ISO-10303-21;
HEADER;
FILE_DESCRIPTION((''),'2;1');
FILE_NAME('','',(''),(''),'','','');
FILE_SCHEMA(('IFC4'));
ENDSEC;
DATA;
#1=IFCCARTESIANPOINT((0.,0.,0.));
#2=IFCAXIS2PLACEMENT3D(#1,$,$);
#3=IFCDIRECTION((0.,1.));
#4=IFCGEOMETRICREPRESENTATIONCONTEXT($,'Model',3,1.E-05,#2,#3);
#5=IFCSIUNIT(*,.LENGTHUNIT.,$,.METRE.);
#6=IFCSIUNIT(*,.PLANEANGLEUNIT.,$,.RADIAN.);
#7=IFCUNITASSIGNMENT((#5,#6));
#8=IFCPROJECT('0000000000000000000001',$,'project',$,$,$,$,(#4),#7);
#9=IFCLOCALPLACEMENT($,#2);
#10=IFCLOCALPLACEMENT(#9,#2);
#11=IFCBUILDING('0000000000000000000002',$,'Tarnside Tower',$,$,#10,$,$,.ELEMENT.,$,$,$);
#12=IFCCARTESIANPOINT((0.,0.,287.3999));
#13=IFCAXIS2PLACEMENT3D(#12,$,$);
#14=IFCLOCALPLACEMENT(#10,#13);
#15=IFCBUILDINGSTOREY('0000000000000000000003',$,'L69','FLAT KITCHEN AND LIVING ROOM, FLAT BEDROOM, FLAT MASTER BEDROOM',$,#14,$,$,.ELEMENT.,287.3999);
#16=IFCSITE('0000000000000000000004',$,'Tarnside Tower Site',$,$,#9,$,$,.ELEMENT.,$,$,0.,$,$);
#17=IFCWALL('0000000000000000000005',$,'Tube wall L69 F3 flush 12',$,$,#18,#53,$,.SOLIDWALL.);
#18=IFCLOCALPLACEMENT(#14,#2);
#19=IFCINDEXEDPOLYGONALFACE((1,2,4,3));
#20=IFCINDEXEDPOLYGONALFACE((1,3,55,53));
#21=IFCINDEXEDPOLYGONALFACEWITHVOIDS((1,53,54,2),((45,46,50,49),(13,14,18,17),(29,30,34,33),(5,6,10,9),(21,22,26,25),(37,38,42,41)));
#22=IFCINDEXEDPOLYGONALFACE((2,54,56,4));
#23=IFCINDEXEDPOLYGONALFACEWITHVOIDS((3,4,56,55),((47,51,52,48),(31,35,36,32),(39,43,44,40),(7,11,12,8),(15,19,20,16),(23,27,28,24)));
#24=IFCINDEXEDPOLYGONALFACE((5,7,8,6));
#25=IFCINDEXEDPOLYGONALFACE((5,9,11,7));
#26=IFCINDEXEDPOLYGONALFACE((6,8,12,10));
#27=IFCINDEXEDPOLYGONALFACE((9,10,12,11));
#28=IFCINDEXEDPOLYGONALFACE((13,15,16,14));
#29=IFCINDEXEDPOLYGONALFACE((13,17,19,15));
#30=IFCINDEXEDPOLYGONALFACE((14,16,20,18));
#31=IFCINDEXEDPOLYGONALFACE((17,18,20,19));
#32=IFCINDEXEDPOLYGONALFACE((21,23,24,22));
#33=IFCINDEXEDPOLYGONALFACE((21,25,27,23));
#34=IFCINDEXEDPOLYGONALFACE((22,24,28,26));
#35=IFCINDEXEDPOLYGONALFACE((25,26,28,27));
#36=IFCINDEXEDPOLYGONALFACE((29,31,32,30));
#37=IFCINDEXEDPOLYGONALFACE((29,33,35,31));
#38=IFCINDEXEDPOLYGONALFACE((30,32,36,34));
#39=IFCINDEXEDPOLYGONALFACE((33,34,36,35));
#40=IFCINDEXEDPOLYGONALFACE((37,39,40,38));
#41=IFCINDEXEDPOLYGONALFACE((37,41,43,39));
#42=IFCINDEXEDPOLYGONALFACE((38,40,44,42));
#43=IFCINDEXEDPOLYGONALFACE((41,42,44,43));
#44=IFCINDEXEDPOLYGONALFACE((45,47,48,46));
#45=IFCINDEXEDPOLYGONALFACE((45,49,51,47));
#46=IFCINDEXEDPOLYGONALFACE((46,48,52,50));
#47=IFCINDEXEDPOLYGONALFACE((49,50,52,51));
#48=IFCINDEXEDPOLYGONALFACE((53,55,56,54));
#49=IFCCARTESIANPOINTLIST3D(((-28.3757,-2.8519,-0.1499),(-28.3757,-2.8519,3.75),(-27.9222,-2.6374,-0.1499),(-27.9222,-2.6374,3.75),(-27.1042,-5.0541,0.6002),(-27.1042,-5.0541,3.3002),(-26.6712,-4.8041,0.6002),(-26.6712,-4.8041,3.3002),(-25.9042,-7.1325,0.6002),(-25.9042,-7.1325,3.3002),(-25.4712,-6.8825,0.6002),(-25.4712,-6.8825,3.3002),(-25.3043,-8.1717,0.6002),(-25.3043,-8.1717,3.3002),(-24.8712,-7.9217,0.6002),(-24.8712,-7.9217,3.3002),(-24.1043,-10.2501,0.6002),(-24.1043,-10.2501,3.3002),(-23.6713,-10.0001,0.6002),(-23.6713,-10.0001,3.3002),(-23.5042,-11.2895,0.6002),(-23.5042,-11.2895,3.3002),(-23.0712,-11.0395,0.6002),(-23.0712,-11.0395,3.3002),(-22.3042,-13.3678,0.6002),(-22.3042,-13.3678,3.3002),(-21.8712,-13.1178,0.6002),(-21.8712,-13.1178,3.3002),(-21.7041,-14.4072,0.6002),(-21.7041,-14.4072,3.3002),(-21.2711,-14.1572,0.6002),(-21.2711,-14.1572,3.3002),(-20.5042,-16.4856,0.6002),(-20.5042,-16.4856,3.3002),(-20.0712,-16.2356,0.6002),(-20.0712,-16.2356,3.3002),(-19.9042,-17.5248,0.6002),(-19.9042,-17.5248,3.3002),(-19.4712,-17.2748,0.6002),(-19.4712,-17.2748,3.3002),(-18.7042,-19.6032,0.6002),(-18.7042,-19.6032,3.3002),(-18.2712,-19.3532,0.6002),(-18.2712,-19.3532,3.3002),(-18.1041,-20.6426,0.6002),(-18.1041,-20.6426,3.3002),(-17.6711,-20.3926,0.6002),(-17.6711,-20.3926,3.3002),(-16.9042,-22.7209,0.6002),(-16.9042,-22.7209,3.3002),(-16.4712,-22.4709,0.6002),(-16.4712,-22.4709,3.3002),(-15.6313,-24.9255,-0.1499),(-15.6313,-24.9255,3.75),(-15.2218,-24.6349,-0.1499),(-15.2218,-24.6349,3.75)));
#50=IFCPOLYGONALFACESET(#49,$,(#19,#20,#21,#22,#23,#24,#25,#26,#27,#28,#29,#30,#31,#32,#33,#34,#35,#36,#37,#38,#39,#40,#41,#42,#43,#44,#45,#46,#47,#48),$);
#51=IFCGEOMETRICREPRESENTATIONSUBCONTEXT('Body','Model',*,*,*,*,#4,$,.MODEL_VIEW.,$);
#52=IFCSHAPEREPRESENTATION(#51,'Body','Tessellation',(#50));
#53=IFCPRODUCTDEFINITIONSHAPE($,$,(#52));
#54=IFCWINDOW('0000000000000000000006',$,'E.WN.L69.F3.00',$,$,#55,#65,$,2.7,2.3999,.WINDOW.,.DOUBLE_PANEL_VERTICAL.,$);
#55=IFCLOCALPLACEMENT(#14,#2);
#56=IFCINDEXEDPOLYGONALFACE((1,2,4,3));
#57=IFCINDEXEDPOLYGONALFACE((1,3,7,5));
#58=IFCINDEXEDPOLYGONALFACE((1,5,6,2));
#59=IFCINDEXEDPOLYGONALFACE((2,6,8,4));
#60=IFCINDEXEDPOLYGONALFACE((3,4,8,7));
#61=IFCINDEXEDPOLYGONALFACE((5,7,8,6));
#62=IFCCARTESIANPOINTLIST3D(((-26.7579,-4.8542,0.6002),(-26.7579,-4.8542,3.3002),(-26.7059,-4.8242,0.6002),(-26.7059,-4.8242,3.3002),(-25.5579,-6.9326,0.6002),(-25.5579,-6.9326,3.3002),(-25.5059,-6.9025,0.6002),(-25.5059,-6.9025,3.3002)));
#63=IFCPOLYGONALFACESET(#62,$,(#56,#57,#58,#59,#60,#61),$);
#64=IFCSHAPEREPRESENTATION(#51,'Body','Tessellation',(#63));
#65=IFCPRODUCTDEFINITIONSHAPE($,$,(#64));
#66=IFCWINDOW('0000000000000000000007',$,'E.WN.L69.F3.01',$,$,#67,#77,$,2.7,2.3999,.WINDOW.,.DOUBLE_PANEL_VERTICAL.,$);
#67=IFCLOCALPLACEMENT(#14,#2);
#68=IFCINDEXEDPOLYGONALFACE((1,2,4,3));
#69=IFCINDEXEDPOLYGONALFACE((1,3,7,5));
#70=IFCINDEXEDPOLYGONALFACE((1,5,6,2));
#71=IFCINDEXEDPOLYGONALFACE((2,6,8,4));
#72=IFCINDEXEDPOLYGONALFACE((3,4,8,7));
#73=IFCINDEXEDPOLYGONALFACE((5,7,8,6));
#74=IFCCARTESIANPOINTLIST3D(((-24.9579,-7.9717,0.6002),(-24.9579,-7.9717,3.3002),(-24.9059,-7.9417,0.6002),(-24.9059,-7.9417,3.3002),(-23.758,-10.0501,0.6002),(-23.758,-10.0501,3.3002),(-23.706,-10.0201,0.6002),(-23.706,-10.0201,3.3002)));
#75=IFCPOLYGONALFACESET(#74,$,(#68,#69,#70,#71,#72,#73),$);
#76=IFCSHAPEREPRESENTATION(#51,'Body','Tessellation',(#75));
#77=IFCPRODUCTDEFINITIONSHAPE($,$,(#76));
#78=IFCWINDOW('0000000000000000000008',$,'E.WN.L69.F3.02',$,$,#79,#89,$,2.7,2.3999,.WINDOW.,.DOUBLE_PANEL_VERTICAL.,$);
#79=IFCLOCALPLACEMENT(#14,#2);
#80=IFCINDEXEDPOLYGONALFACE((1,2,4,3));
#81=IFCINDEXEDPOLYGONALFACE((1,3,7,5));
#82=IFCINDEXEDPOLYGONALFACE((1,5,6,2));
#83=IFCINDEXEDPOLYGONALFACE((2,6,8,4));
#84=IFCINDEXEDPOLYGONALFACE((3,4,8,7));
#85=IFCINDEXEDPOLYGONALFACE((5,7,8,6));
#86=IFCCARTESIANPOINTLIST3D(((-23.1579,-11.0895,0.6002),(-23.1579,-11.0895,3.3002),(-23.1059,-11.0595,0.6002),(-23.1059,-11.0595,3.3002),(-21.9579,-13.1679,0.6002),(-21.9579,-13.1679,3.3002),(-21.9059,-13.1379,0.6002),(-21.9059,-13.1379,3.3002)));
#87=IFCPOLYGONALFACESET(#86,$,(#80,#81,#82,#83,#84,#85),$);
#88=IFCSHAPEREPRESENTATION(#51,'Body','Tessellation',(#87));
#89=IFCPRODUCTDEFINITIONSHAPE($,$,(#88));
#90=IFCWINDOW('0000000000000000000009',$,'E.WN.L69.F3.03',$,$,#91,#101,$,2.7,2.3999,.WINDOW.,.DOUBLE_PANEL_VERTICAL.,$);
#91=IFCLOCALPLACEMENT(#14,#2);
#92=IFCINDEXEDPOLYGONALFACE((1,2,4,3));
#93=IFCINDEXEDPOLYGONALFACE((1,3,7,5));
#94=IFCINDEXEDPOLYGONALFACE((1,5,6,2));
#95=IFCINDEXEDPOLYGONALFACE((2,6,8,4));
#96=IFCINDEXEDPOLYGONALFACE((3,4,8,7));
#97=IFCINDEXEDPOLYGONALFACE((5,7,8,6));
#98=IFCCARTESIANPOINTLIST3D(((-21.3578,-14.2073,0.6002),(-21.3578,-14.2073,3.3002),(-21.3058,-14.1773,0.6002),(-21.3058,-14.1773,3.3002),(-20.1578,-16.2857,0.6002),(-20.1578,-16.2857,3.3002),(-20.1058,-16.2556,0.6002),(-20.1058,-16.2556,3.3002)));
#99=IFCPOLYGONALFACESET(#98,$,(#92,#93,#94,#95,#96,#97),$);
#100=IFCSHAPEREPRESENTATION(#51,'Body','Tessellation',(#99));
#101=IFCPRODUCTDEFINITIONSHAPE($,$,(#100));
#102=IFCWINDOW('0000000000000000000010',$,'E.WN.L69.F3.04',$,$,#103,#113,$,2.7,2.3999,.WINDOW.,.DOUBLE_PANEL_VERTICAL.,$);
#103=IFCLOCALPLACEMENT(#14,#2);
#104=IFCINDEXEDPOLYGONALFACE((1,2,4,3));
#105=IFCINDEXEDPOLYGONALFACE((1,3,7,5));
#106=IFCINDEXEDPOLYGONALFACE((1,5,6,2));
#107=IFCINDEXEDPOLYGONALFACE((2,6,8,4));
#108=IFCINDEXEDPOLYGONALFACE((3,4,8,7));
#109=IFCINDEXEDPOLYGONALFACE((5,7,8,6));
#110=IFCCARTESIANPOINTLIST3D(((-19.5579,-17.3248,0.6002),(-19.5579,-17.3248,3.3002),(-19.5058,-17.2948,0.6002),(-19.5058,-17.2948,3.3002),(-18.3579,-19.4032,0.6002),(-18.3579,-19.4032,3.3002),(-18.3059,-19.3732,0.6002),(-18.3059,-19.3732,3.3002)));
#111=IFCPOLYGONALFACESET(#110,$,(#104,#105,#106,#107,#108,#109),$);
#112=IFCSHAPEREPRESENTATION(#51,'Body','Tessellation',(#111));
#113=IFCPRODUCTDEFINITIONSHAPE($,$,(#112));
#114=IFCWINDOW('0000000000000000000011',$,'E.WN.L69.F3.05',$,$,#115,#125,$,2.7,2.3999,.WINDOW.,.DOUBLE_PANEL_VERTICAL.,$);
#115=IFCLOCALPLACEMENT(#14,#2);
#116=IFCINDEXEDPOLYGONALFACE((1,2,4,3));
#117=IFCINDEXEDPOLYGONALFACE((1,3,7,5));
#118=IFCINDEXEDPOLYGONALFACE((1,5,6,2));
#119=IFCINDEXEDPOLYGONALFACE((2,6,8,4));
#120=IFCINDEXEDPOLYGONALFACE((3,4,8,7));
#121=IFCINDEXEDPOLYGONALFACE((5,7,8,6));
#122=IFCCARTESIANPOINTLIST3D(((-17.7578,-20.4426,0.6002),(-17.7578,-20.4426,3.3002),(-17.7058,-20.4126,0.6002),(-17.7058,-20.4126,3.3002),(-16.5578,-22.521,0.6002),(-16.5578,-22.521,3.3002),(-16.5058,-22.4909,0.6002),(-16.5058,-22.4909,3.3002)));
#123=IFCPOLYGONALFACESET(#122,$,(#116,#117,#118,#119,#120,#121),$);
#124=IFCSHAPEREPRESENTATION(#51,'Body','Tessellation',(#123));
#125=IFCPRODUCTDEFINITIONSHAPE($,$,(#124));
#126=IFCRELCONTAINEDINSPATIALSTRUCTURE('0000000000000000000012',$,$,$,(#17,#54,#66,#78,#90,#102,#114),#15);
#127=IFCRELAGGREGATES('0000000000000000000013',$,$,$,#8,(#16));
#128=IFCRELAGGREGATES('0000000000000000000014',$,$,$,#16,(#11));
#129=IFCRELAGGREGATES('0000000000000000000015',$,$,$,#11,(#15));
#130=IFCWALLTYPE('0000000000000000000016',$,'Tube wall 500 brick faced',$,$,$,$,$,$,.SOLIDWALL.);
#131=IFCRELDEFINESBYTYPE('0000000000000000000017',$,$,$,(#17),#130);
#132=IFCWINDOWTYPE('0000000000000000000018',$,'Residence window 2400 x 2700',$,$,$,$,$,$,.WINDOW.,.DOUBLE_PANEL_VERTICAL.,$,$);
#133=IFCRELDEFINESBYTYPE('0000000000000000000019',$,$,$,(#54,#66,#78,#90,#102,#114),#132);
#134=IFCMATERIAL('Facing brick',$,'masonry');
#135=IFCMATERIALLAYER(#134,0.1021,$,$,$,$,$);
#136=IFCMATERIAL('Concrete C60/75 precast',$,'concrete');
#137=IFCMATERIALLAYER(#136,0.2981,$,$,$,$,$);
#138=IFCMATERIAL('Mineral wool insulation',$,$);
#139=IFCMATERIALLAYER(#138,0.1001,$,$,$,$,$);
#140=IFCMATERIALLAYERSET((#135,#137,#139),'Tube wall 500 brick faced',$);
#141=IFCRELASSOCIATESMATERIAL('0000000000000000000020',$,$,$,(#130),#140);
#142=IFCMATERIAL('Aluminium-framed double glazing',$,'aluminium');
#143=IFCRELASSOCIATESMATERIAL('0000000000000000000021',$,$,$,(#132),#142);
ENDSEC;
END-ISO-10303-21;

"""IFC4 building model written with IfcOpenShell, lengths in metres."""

from ifc_helpers import new_model, si_unit, direction, frame, frame_2d, origin, place, context, subcontext, project, spatial, polyline, rectangle, outline, extrude, material, layer, layer_set, type_object, element, fill, save


model = new_model("IFC4")

# Units and contexts
model_context = context("Model", 3, precision=1e-05, world=origin(), true_north=direction((0.0, 1.0)))
body_context = subcontext(model_context, "Body", "Model", "MODEL_VIEW")
ifc_project = project(units=[si_unit("LENGTHUNIT", "METRE"), si_unit("PLANEANGLEUNIT", "RADIAN")], contexts=[model_context])

# Site, building, storey
site_placement = place(None, origin())
site = spatial("IfcSite", under=ifc_project, at=site_placement, Name="Tarnside Tower Site", CompositionType="ELEMENT", RefElevation=0.0)
building_placement = place(site_placement, origin())
building = spatial("IfcBuilding", under=site, at=building_placement, Name="Tarnside Tower", CompositionType="ELEMENT")
storey_placement = place(building_placement, frame((0.0, 0.0, 287.3999)))
storey = spatial("IfcBuildingStorey", under=building, at=storey_placement, Name="L69", Description="FLAT KITCHEN AND LIVING ROOM, FLAT BEDROOM, FLAT MASTER BEDROOM", CompositionType="ELEMENT", Elevation=287.3999)

# Shared definitions
ifc_material_1 = material(Name="Facing brick", Category="masonry")
ifc_layer_1 = layer(ifc_material_1, 0.1021)
ifc_material_2 = material(Name="Concrete C60/75 precast", Category="concrete")
ifc_layer_2 = layer(ifc_material_2, 0.2981)
ifc_material_3 = material(Name="Mineral wool insulation")
ifc_layer_3 = layer(ifc_material_3, 0.1001)
ifc_layer_set_1 = layer_set([ifc_layer_1, ifc_layer_2, ifc_layer_3], Name="Tube wall 500 brick faced")
wall_type_1 = type_object("IfcWallType", Name="Tube wall 500 brick faced", PredefinedType="SOLIDWALL", material=ifc_layer_set_1)

# Wall, openings, windows
wall_1_placement = place(storey_placement, frame((-28.1489, -2.7446, -0.1499), z_axis=(0.0, 0.0, 1.0), x_axis=(0.500004, -0.866023, 0.0)))
wall_1 = element("IfcWall", 1, at=wall_1_placement, inside=storey, type_object=wall_type_1, Name="Tube wall L69 F3 flush 12", PredefinedType="SOLIDWALL", context=body_context, shape_type="SweptSolid", body=[
    extrude(outline(polyline([(-0.0205, -0.25), (25.468, -0.25), (25.4211, 0.25), (0.0205, 0.25), (-0.0205, -0.25)])), origin(), (0.0, 0.0, 1.0), 3.8999),
])
opening_1_placement = place(wall_1_placement, frame((2.5225, 0.0, 0.75)))
opening_1 = element("IfcOpeningElement", 2, at=opening_1_placement, cuts=wall_1, PredefinedType="OPENING", context=body_context, shape_type="SweptSolid", body=[
    extrude(rectangle(XDim=2.3999, YDim=2.7, at=frame_2d((1.2, 1.3501))), frame((0.0, 0.26, 0.0), z_axis=(0.0, -1.0, 0.0), x_axis=(1.0, 0.0, 0.0)), (0.0, 0.0, 1.0), 0.52),
])
opening_2_placement = place(wall_1_placement, frame((6.1223, 0.0, 0.75)))
opening_2 = element("IfcOpeningElement", 3, at=opening_2_placement, cuts=wall_1, PredefinedType="OPENING", context=body_context, shape_type="SweptSolid", body=[
    extrude(rectangle(XDim=2.3999, YDim=2.7, at=frame_2d((1.2, 1.3501))), frame((0.0, 0.26, 0.0), z_axis=(0.0, -1.0, 0.0), x_axis=(1.0, 0.0, 0.0)), (0.0, 0.0, 1.0), 0.52),
])
opening_3_placement = place(wall_1_placement, frame((9.7224, 0.0, 0.75)))
opening_3 = element("IfcOpeningElement", 4, at=opening_3_placement, cuts=wall_1, PredefinedType="OPENING", context=body_context, shape_type="SweptSolid", body=[
    extrude(rectangle(XDim=2.3999, YDim=2.7, at=frame_2d((1.2, 1.3501))), frame((0.0, 0.26, 0.0), z_axis=(0.0, -1.0, 0.0), x_axis=(1.0, 0.0, 0.0)), (0.0, 0.0, 1.0), 0.52),
])
opening_4_placement = place(wall_1_placement, frame((13.3225, 0.0, 0.75)))
opening_4 = element("IfcOpeningElement", 5, at=opening_4_placement, cuts=wall_1, PredefinedType="OPENING", context=body_context, shape_type="SweptSolid", body=[
    extrude(rectangle(XDim=2.3999, YDim=2.7, at=frame_2d((1.2, 1.3501))), frame((0.0, 0.26, 0.0), z_axis=(0.0, -1.0, 0.0), x_axis=(1.0, 0.0, 0.0)), (0.0, 0.0, 1.0), 0.52),
])
opening_5_placement = place(wall_1_placement, frame((16.9224, 0.0, 0.75)))
opening_5 = element("IfcOpeningElement", 6, at=opening_5_placement, cuts=wall_1, PredefinedType="OPENING", context=body_context, shape_type="SweptSolid", body=[
    extrude(rectangle(XDim=2.3999, YDim=2.7, at=frame_2d((1.2, 1.3501))), frame((0.0, 0.26, 0.0), z_axis=(0.0, -1.0, 0.0), x_axis=(1.0, 0.0, 0.0)), (0.0, 0.0, 1.0), 0.52),
])
opening_6_placement = place(wall_1_placement, frame((20.5225, 0.0, 0.75)))
opening_6 = element("IfcOpeningElement", 7, at=opening_6_placement, cuts=wall_1, PredefinedType="OPENING", context=body_context, shape_type="SweptSolid", body=[
    extrude(rectangle(XDim=2.3999, YDim=2.7, at=frame_2d((1.2, 1.3501))), frame((0.0, 0.26, 0.0), z_axis=(0.0, -1.0, 0.0), x_axis=(1.0, 0.0, 0.0)), (0.0, 0.0, 1.0), 0.52),
])
ifc_material_4 = material(Name="Aluminium-framed double glazing", Category="aluminium")
window_type = type_object("IfcWindowType", Name="Residence window 2400 x 2700", PartitioningType="DOUBLE_PANEL_VERTICAL", PredefinedType="WINDOW", material=ifc_material_4)
window_1_placement = place(opening_1_placement, frame((0.0, 0.1799, 0.0)))
window_1 = element("IfcWindow", 8, at=window_1_placement, inside=storey, type_object=window_type, Name="E.WN.L69.F3.00", OverallHeight=2.7, OverallWidth=2.3999, PartitioningType="DOUBLE_PANEL_VERTICAL", PredefinedType="WINDOW", context=body_context, shape_type="SweptSolid", body=[
    extrude(rectangle(XDim=2.3999, YDim=2.7, at=frame_2d((1.2, 1.3501))), frame((0.0, 0.03, 0.0), z_axis=(0.0, -1.0, 0.0), x_axis=(1.0, 0.0, 0.0)), (0.0, 0.0, 1.0), 0.0601),
])
fill(opening_1, window_1)
window_2_placement = place(opening_2_placement, frame((0.0, 0.1799, 0.0)))
window_2 = element("IfcWindow", 9, at=window_2_placement, inside=storey, type_object=window_type, Name="E.WN.L69.F3.01", OverallHeight=2.7, OverallWidth=2.3999, PartitioningType="DOUBLE_PANEL_VERTICAL", PredefinedType="WINDOW", context=body_context, shape_type="SweptSolid", body=[
    extrude(rectangle(XDim=2.3999, YDim=2.7, at=frame_2d((1.2, 1.3501))), frame((0.0, 0.03, 0.0), z_axis=(0.0, -1.0, 0.0), x_axis=(1.0, 0.0, 0.0)), (0.0, 0.0, 1.0), 0.0601),
])
fill(opening_2, window_2)
window_3_placement = place(opening_3_placement, frame((0.0, 0.1799, 0.0)))
window_3 = element("IfcWindow", 10, at=window_3_placement, inside=storey, type_object=window_type, Name="E.WN.L69.F3.02", OverallHeight=2.7, OverallWidth=2.3999, PartitioningType="DOUBLE_PANEL_VERTICAL", PredefinedType="WINDOW", context=body_context, shape_type="SweptSolid", body=[
    extrude(rectangle(XDim=2.3999, YDim=2.7, at=frame_2d((1.2, 1.3501))), frame((0.0, 0.03, 0.0), z_axis=(0.0, -1.0, 0.0), x_axis=(1.0, 0.0, 0.0)), (0.0, 0.0, 1.0), 0.0601),
])
fill(opening_3, window_3)
window_4_placement = place(opening_4_placement, frame((0.0, 0.1799, 0.0)))
window_4 = element("IfcWindow", 11, at=window_4_placement, inside=storey, type_object=window_type, Name="E.WN.L69.F3.03", OverallHeight=2.7, OverallWidth=2.3999, PartitioningType="DOUBLE_PANEL_VERTICAL", PredefinedType="WINDOW", context=body_context, shape_type="SweptSolid", body=[
    extrude(rectangle(XDim=2.3999, YDim=2.7, at=frame_2d((1.2, 1.3501))), frame((0.0, 0.03, 0.0), z_axis=(0.0, -1.0, 0.0), x_axis=(1.0, 0.0, 0.0)), (0.0, 0.0, 1.0), 0.0601),
])
fill(opening_4, window_4)
window_5_placement = place(opening_5_placement, frame((0.0, 0.1799, 0.0)))
window_5 = element("IfcWindow", 12, at=window_5_placement, inside=storey, type_object=window_type, Name="E.WN.L69.F3.04", OverallHeight=2.7, OverallWidth=2.3999, PartitioningType="DOUBLE_PANEL_VERTICAL", PredefinedType="WINDOW", context=body_context, shape_type="SweptSolid", body=[
    extrude(rectangle(XDim=2.3999, YDim=2.7, at=frame_2d((1.2, 1.3501))), frame((0.0, 0.03, 0.0), z_axis=(0.0, -1.0, 0.0), x_axis=(1.0, 0.0, 0.0)), (0.0, 0.0, 1.0), 0.0601),
])
fill(opening_5, window_5)
window_6_placement = place(opening_6_placement, frame((0.0, 0.1799, 0.0)))
window_6 = element("IfcWindow", 13, at=window_6_placement, inside=storey, type_object=window_type, Name="E.WN.L69.F3.05", OverallHeight=2.7, OverallWidth=2.3999, PartitioningType="DOUBLE_PANEL_VERTICAL", PredefinedType="WINDOW", context=body_context, shape_type="SweptSolid", body=[
    extrude(rectangle(XDim=2.3999, YDim=2.7, at=frame_2d((1.2, 1.3501))), frame((0.0, 0.03, 0.0), z_axis=(0.0, -1.0, 0.0), x_axis=(1.0, 0.0, 0.0)), (0.0, 0.0, 1.0), 0.0601),
])
fill(opening_6, window_6)

save(model, "model.ifc")
